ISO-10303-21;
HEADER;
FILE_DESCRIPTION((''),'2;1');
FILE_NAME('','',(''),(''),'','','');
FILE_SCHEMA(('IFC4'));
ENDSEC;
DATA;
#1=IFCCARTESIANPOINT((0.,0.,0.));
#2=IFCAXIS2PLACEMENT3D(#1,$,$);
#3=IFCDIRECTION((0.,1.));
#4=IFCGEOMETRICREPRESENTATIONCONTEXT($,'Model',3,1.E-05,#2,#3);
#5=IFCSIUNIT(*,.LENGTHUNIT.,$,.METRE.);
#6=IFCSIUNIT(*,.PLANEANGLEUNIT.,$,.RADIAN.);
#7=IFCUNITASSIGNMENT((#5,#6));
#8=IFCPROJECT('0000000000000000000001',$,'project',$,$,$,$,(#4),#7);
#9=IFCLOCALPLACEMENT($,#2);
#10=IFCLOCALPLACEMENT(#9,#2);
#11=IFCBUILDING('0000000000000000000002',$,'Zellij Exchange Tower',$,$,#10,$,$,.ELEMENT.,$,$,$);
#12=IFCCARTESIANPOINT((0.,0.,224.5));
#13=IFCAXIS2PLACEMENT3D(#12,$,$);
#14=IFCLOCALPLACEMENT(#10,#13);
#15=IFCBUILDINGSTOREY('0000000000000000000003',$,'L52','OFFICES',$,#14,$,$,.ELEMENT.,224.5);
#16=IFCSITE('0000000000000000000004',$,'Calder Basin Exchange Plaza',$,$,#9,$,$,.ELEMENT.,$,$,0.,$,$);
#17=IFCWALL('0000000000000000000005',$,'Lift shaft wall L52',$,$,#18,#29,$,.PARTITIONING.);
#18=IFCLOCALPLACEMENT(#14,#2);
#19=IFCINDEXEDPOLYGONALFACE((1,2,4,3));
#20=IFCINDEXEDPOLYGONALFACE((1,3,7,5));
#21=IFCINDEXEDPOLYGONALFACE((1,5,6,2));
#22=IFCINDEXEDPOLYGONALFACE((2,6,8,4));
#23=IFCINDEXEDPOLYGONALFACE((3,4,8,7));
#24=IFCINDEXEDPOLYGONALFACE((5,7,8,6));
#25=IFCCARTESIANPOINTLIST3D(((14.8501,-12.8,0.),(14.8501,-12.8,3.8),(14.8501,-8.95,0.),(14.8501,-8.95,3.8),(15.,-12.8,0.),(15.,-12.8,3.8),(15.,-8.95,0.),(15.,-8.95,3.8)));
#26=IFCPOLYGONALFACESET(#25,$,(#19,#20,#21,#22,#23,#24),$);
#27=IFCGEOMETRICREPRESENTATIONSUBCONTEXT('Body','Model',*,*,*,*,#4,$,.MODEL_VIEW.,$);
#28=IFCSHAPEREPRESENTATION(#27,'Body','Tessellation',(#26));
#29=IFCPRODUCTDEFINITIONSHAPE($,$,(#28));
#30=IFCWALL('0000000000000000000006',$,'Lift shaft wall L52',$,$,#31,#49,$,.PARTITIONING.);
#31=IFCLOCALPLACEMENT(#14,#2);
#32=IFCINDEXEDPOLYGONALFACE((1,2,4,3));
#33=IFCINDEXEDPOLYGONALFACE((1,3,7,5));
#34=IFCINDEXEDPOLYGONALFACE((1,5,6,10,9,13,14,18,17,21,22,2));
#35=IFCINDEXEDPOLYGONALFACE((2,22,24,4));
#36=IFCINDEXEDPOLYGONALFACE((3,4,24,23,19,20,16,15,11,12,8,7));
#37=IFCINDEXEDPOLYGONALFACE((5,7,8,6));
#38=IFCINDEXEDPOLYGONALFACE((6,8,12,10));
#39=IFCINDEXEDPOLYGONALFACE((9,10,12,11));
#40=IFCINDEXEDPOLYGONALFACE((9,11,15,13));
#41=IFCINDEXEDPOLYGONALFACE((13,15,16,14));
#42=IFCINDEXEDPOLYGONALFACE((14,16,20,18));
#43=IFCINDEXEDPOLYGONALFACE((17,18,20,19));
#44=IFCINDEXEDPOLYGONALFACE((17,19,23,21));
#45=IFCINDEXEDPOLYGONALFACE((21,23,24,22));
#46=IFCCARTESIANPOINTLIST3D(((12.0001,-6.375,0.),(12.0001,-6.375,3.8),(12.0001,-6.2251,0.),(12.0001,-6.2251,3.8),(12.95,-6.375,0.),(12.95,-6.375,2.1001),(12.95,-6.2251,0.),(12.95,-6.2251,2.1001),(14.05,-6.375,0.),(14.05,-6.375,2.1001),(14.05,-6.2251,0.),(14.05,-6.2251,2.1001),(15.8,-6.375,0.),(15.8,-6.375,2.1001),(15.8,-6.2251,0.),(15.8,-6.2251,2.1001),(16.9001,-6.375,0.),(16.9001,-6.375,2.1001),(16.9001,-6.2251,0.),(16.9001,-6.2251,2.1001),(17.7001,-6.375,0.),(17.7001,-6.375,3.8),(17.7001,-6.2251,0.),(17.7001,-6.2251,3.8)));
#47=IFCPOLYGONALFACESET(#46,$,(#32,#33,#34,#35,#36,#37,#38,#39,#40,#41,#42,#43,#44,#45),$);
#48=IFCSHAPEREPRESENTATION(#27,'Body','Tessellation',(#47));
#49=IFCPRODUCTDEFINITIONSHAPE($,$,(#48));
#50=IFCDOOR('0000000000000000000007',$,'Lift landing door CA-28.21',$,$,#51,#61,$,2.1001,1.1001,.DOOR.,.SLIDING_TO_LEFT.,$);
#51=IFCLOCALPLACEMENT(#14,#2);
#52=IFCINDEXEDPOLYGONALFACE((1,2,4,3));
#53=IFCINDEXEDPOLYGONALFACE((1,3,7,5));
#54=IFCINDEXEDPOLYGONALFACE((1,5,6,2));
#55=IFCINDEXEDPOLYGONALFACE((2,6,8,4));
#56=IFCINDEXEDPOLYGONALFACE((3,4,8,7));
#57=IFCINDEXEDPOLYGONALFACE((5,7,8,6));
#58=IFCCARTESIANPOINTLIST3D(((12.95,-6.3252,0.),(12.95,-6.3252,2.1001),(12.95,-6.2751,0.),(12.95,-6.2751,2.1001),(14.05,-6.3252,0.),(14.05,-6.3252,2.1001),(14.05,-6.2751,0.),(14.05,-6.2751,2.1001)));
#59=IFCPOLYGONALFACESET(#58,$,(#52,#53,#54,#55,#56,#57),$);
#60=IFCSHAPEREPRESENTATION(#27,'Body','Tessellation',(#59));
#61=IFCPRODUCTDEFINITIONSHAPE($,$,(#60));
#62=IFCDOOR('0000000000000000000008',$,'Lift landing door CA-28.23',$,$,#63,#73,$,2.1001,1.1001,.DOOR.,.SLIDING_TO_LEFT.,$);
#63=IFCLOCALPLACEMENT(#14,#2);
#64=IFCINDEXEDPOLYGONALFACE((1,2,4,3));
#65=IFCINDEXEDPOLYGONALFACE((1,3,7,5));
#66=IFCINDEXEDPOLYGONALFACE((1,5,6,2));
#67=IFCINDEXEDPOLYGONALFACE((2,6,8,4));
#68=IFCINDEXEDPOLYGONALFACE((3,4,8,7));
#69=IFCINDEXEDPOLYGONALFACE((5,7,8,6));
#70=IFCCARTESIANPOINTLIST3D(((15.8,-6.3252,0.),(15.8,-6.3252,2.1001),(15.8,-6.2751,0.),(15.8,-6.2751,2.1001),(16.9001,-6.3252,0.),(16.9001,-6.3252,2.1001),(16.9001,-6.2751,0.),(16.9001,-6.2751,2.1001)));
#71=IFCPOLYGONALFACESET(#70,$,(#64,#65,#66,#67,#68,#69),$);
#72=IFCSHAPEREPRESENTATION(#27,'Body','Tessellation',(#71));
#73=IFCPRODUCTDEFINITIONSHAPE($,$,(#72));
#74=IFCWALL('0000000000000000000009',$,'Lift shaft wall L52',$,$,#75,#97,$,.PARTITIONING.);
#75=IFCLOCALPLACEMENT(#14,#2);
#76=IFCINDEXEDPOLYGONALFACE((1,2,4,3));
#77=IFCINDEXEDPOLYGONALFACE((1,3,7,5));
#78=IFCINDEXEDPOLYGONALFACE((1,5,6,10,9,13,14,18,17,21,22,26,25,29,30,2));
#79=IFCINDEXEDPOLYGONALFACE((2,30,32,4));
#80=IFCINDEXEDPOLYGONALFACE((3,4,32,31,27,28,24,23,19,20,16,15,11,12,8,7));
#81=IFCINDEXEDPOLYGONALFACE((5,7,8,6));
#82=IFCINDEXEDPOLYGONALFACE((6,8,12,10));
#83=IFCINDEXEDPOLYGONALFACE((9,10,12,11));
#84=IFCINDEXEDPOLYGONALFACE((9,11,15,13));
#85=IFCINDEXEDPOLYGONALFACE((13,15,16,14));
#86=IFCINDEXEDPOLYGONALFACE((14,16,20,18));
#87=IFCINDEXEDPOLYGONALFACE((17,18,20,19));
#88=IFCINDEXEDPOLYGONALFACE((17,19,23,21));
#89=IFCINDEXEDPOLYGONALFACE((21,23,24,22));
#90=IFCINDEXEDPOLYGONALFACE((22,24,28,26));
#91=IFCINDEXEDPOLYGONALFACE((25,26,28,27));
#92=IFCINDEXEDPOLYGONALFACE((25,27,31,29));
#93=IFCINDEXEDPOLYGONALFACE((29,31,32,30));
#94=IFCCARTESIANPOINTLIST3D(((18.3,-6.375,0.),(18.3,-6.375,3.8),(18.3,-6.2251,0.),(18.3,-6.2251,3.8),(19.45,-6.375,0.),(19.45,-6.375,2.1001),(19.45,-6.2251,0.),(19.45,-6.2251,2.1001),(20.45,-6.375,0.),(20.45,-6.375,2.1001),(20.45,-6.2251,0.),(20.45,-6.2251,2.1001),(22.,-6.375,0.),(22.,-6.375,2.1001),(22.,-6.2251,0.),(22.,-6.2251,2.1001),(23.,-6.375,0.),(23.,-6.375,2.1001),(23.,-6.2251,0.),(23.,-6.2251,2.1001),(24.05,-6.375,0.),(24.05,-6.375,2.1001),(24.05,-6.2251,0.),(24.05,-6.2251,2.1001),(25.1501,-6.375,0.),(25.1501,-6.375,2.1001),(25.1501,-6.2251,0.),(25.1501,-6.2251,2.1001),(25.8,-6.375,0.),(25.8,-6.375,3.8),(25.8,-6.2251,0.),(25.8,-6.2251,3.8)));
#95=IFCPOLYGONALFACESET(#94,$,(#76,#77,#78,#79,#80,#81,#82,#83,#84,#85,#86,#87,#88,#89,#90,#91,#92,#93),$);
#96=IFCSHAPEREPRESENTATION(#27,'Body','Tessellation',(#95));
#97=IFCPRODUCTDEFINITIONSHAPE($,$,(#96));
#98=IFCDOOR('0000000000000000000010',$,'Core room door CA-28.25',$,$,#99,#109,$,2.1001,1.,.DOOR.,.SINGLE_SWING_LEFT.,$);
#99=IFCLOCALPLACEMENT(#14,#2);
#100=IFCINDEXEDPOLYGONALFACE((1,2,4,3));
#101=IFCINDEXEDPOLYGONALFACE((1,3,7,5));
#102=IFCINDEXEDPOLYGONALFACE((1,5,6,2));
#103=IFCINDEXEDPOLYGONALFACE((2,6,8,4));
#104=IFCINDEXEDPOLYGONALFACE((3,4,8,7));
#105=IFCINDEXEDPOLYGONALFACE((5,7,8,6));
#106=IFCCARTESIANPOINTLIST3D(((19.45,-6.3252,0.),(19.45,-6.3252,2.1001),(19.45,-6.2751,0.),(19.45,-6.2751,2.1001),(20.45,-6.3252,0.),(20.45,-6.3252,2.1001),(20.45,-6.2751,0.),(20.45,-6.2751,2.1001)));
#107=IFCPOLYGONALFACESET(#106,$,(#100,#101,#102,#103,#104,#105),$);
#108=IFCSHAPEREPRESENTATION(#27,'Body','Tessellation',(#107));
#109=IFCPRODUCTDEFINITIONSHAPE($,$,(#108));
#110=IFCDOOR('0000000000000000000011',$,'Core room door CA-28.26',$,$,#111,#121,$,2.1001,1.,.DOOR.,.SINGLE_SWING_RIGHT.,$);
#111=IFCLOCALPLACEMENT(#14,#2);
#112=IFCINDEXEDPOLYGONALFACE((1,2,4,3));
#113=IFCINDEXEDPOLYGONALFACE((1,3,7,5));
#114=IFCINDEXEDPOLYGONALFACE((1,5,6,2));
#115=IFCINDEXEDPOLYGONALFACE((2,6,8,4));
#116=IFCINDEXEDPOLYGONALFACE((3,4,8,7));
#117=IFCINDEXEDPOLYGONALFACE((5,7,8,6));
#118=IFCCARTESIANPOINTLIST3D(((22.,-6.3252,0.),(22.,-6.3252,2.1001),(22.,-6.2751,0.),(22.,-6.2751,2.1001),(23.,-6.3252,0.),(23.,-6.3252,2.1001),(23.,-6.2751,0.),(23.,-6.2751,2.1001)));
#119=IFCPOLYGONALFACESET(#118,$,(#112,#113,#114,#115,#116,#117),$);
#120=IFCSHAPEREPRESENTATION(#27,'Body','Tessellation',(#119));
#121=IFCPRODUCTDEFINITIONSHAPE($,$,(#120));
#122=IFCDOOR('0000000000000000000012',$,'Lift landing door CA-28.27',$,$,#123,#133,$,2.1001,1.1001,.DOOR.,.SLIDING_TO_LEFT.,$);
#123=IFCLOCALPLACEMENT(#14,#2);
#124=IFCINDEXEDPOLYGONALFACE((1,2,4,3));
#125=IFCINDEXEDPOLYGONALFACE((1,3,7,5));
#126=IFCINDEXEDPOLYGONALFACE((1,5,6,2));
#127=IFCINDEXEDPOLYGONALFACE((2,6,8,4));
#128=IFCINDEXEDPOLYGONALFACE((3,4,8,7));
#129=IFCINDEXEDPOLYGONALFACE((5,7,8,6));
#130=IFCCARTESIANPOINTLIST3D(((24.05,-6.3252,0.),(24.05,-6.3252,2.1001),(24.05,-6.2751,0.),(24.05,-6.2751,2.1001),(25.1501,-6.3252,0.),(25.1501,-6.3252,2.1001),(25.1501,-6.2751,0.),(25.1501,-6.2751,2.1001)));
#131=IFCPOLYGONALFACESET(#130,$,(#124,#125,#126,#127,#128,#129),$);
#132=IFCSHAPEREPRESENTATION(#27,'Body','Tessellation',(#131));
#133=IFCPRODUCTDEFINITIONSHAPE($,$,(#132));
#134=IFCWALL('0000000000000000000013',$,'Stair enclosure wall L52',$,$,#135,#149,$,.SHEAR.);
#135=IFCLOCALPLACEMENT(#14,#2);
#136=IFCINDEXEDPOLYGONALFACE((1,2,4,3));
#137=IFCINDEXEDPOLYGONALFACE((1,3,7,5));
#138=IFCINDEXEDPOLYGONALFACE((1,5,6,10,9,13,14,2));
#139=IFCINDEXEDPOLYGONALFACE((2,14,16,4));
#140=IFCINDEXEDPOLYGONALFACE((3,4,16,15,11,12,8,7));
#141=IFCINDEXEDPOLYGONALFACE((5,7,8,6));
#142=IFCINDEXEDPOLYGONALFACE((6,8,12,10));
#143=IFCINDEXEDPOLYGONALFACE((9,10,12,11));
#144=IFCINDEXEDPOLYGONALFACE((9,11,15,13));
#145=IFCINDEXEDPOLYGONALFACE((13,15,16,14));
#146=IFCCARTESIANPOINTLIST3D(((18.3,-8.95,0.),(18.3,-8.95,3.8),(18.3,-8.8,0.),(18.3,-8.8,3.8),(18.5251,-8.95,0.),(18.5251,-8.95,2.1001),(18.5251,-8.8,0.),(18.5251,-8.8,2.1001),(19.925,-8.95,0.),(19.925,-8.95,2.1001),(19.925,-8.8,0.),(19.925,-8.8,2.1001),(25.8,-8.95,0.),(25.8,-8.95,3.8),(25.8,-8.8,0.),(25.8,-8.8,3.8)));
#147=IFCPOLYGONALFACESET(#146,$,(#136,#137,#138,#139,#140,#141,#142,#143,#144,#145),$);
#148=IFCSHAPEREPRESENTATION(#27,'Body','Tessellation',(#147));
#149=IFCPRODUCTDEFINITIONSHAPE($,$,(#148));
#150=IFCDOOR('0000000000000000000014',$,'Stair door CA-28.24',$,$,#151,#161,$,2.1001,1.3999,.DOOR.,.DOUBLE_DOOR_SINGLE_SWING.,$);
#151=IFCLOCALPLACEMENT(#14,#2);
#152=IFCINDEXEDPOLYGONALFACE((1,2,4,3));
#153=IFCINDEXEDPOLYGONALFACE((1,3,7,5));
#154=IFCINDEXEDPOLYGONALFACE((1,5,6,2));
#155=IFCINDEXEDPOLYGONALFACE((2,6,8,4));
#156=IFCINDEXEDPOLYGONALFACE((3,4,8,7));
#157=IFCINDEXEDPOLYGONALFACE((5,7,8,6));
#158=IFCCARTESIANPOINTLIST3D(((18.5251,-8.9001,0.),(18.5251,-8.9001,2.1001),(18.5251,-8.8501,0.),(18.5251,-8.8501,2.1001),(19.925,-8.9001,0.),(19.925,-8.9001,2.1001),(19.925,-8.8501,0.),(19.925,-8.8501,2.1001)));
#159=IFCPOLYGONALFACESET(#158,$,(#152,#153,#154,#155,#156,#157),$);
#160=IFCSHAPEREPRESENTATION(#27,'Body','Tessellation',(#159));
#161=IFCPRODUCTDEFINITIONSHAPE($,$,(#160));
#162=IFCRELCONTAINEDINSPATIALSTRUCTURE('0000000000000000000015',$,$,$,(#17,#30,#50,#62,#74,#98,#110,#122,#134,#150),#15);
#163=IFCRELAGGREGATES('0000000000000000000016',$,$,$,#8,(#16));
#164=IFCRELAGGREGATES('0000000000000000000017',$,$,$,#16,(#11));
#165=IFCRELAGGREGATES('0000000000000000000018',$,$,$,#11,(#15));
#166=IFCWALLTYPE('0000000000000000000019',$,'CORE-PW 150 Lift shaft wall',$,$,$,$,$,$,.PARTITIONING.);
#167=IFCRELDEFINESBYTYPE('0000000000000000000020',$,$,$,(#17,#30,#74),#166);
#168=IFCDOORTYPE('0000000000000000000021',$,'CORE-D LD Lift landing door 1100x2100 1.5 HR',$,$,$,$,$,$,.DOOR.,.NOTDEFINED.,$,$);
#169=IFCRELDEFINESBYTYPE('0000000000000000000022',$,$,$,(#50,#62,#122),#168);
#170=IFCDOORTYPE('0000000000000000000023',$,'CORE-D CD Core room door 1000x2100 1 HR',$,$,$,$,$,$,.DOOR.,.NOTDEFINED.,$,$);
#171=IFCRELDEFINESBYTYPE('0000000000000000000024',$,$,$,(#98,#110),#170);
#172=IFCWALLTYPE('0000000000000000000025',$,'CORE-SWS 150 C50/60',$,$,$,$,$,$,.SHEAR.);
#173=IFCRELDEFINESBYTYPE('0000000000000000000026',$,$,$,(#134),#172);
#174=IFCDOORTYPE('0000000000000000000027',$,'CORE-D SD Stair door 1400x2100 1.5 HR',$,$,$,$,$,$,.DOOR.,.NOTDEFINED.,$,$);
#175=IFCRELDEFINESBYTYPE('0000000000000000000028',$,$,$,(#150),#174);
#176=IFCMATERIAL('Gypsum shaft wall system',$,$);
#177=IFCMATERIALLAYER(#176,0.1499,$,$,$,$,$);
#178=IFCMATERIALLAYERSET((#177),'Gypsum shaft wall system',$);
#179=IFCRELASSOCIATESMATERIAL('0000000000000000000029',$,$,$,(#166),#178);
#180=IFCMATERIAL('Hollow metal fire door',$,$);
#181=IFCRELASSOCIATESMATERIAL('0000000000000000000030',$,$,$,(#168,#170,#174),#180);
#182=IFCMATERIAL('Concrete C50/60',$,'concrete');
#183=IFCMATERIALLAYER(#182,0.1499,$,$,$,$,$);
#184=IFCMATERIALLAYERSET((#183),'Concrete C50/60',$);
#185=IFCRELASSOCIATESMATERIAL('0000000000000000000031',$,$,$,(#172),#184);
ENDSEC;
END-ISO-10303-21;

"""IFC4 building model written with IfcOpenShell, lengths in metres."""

from ifc_helpers import new_model, si_unit, direction, frame, frame_2d, origin, place, context, subcontext, project, spatial, rectangle, extrude, material, layer, layer_set, type_object, element, fill, save


model = new_model("IFC4")

# Units and contexts
model_context = context("Model", 3, precision=1e-05, world=origin(), true_north=direction((0.0, 1.0)))
body_context = subcontext(model_context, "Body", "Model", "MODEL_VIEW")
ifc_project = project(units=[si_unit("LENGTHUNIT", "METRE"), si_unit("PLANEANGLEUNIT", "RADIAN")], contexts=[model_context])

# Site, building, storey
site_placement = place(None, origin())
site = spatial("IfcSite", under=ifc_project, at=site_placement, Name="Calder Basin Exchange Plaza", CompositionType="ELEMENT", RefElevation=0.0)
building_placement = place(site_placement, origin())
building = spatial("IfcBuilding", under=site, at=building_placement, Name="Zellij Exchange Tower", CompositionType="ELEMENT")
storey_placement = place(building_placement, frame((0.0, 0.0, 224.5)))
storey = spatial("IfcBuildingStorey", under=building, at=storey_placement, Name="L52", Description="OFFICES", CompositionType="ELEMENT", Elevation=224.5)

# Shared definitions
ifc_material_1 = material(Name="Concrete C50/60", Category="concrete")

# Shared definitions
ifc_material_2 = material(Name="Hollow metal fire door")

# Wall
ifc_material_3 = material(Name="Gypsum shaft wall system")
ifc_layer_1 = layer(ifc_material_3, 0.1499)
ifc_layer_set_1 = layer_set([ifc_layer_1], Name="Gypsum shaft wall system")
wall_type_1 = type_object("IfcWallType", Name="CORE-PW 150 Lift shaft wall", PredefinedType="PARTITIONING", material=ifc_layer_set_1)
for number, where, z_axis, x_axis, name in (
    (1, (14.925, -12.8, 0.0), (0.0, 0.0, 1.0), (0.0, 1.0, 0.0), "Lift shaft wall L52"),
):
    element("IfcWall", number, at=place(storey_placement, frame(where, z_axis=z_axis, x_axis=x_axis)), inside=storey, type_object=wall_type_1, Name=name, PredefinedType="PARTITIONING", context=body_context, shape_type="SweptSolid", body=[
        extrude(rectangle(XDim=3.8501, YDim=0.1499, at=frame_2d((1.925, 0.0))), origin(), (0.0, 0.0, 1.0), 3.8),
    ])

# Walls, openings, doors
wall_1_placement = place(storey_placement, frame((12.0, -6.3, 0.0), z_axis=(0.0, 0.0, 1.0), x_axis=(1.0, 0.0, 0.0)))
wall_1 = element("IfcWall", 2, at=wall_1_placement, inside=storey, type_object=wall_type_1, Name="Lift shaft wall L52", PredefinedType="PARTITIONING", context=body_context, shape_type="SweptSolid", body=[
    extrude(rectangle(XDim=5.7, YDim=0.1499, at=frame_2d((2.8501, 0.0))), origin(), (0.0, 0.0, 1.0), 3.8),
])
opening_1_placement = place(wall_1_placement, frame((0.95, 0.0, 0.0)))
opening_1 = element("IfcOpeningElement", 3, at=opening_1_placement, cuts=wall_1, PredefinedType="OPENING", context=body_context, shape_type="SweptSolid", body=[
    extrude(rectangle(XDim=1.1001, YDim=2.1001, at=frame_2d((0.55, 1.05))), frame((0.0, 0.0869, 0.0), z_axis=(0.0, -1.0, 0.0), x_axis=(1.0, 0.0, 0.0)), (0.0, 0.0, 1.0), 0.1738),
])
opening_2_placement = place(wall_1_placement, frame((3.8, 0.0, 0.0)))
opening_2 = element("IfcOpeningElement", 4, at=opening_2_placement, cuts=wall_1, PredefinedType="OPENING", context=body_context, shape_type="SweptSolid", body=[
    extrude(rectangle(XDim=1.1001, YDim=2.1001, at=frame_2d((0.55, 1.05))), frame((0.0, 0.0869, 0.0), z_axis=(0.0, -1.0, 0.0), x_axis=(1.0, 0.0, 0.0)), (0.0, 0.0, 1.0), 0.1738),
])
door_type_1 = type_object("IfcDoorType", Name="CORE-D LD Lift landing door 1100x2100 1.5 HR", OperationType="NOTDEFINED", PredefinedType="DOOR", material=ifc_material_2)
door_1_placement = place(opening_1_placement, origin())
door_1 = element("IfcDoor", 5, at=door_1_placement, inside=storey, type_object=door_type_1, Name="Lift landing door CA-28.21", OperationType="SLIDING_TO_LEFT", OverallHeight=2.1001, OverallWidth=1.1001, PredefinedType="DOOR", context=body_context, shape_type="SweptSolid", body=[
    extrude(rectangle(XDim=1.1001, YDim=2.1001, at=frame_2d((0.55, 1.05))), frame((0.0, 0.0249, 0.0), z_axis=(0.0, -1.0, 0.0), x_axis=(1.0, 0.0, 0.0)), (0.0, 0.0, 1.0), 0.05),
])
fill(opening_1, door_1)
door_2_placement = place(opening_2_placement, origin())
door_2 = element("IfcDoor", 6, at=door_2_placement, inside=storey, type_object=door_type_1, Name="Lift landing door CA-28.23", OperationType="SLIDING_TO_LEFT", OverallHeight=2.1001, OverallWidth=1.1001, PredefinedType="DOOR", context=body_context, shape_type="SweptSolid", body=[
    extrude(rectangle(XDim=1.1001, YDim=2.1001, at=frame_2d((0.55, 1.05))), frame((0.0, 0.0249, 0.0), z_axis=(0.0, -1.0, 0.0), x_axis=(1.0, 0.0, 0.0)), (0.0, 0.0, 1.0), 0.05),
])
fill(opening_2, door_2)
wall_2_placement = place(storey_placement, frame((18.3, -6.3, 0.0), z_axis=(0.0, 0.0, 1.0), x_axis=(1.0, 0.0, 0.0)))
wall_2 = element("IfcWall", 7, at=wall_2_placement, inside=storey, type_object=wall_type_1, Name="Lift shaft wall L52", PredefinedType="PARTITIONING", context=body_context, shape_type="SweptSolid", body=[
    extrude(rectangle(XDim=7.5, YDim=0.1499, at=frame_2d((3.75, 0.0))), origin(), (0.0, 0.0, 1.0), 3.8),
])
opening_3_placement = place(wall_2_placement, frame((1.1499, 0.0, 0.0)))
opening_3 = element("IfcOpeningElement", 8, at=opening_3_placement, cuts=wall_2, PredefinedType="OPENING", context=body_context, shape_type="SweptSolid", body=[
    extrude(rectangle(XDim=1.0, YDim=2.1001, at=frame_2d((0.5, 1.05))), frame((0.0, 0.0869, 0.0), z_axis=(0.0, -1.0, 0.0), x_axis=(1.0, 0.0, 0.0)), (0.0, 0.0, 1.0), 0.1738),
])
opening_4_placement = place(wall_2_placement, frame((3.7, 0.0, 0.0)))
opening_4 = element("IfcOpeningElement", 9, at=opening_4_placement, cuts=wall_2, PredefinedType="OPENING", context=body_context, shape_type="SweptSolid", body=[
    extrude(rectangle(XDim=1.0, YDim=2.1001, at=frame_2d((0.5, 1.05))), frame((0.0, 0.0869, 0.0), z_axis=(0.0, -1.0, 0.0), x_axis=(1.0, 0.0, 0.0)), (0.0, 0.0, 1.0), 0.1738),
])
opening_5_placement = place(wall_2_placement, frame((5.75, 0.0, 0.0)))
opening_5 = element("IfcOpeningElement", 10, at=opening_5_placement, cuts=wall_2, PredefinedType="OPENING", context=body_context, shape_type="SweptSolid", body=[
    extrude(rectangle(XDim=1.1001, YDim=2.1001, at=frame_2d((0.55, 1.05))), frame((0.0, 0.0869, 0.0), z_axis=(0.0, -1.0, 0.0), x_axis=(1.0, 0.0, 0.0)), (0.0, 0.0, 1.0), 0.1738),
])
door_type_2 = type_object("IfcDoorType", Name="CORE-D CD Core room door 1000x2100 1 HR", OperationType="NOTDEFINED", PredefinedType="DOOR", material=ifc_material_2)
door_3_placement = place(opening_3_placement, origin())
door_3 = element("IfcDoor", 11, at=door_3_placement, inside=storey, type_object=door_type_2, Name="Core room door CA-28.25", OperationType="SINGLE_SWING_LEFT", OverallHeight=2.1001, OverallWidth=1.0, PredefinedType="DOOR", context=body_context, shape_type="SweptSolid", body=[
    extrude(rectangle(XDim=1.0, YDim=2.1001, at=frame_2d((0.5, 1.05))), frame((0.0, 0.0249, 0.0), z_axis=(0.0, -1.0, 0.0), x_axis=(1.0, 0.0, 0.0)), (0.0, 0.0, 1.0), 0.05),
])
fill(opening_3, door_3)
door_4_placement = place(opening_4_placement, origin())
door_4 = element("IfcDoor", 12, at=door_4_placement, inside=storey, type_object=door_type_2, Name="Core room door CA-28.26", OperationType="SINGLE_SWING_RIGHT", OverallHeight=2.1001, OverallWidth=1.0, PredefinedType="DOOR", context=body_context, shape_type="SweptSolid", body=[
    extrude(rectangle(XDim=1.0, YDim=2.1001, at=frame_2d((0.5, 1.05))), frame((0.0, 0.0249, 0.0), z_axis=(0.0, -1.0, 0.0), x_axis=(1.0, 0.0, 0.0)), (0.0, 0.0, 1.0), 0.05),
])
fill(opening_4, door_4)
door_5_placement = place(opening_5_placement, origin())
door_5 = element("IfcDoor", 13, at=door_5_placement, inside=storey, type_object=door_type_1, Name="Lift landing door CA-28.27", OperationType="SLIDING_TO_LEFT", OverallHeight=2.1001, OverallWidth=1.1001, PredefinedType="DOOR", context=body_context, shape_type="SweptSolid", body=[
    extrude(rectangle(XDim=1.1001, YDim=2.1001, at=frame_2d((0.55, 1.05))), frame((0.0, 0.0249, 0.0), z_axis=(0.0, -1.0, 0.0), x_axis=(1.0, 0.0, 0.0)), (0.0, 0.0, 1.0), 0.05),
])
fill(opening_5, door_5)

# Wall, opening, door
ifc_layer_2 = layer(ifc_material_1, 0.1499)
ifc_layer_set_2 = layer_set([ifc_layer_2], Name="Concrete C50/60")
wall_type_2 = type_object("IfcWallType", Name="CORE-SWS 150 C50/60", PredefinedType="SHEAR", material=ifc_layer_set_2)
wall_3_placement = place(storey_placement, frame((18.3, -8.875, 0.0), z_axis=(0.0, 0.0, 1.0), x_axis=(1.0, 0.0, 0.0)))
wall_3 = element("IfcWall", 14, at=wall_3_placement, inside=storey, type_object=wall_type_2, Name="Stair enclosure wall L52", PredefinedType="SHEAR", context=body_context, shape_type="SweptSolid", body=[
    extrude(rectangle(XDim=7.5, YDim=0.1499, at=frame_2d((3.75, 0.0))), origin(), (0.0, 0.0, 1.0), 3.8),
])
opening_6_placement = place(wall_3_placement, frame((0.2251, 0.0, 0.0)))
opening_6 = element("IfcOpeningElement", 15, at=opening_6_placement, cuts=wall_3, PredefinedType="OPENING", context=body_context, shape_type="SweptSolid", body=[
    extrude(rectangle(XDim=1.3999, YDim=2.1001, at=frame_2d((0.7, 1.05))), frame((0.0, 0.0869, 0.0), z_axis=(0.0, -1.0, 0.0), x_axis=(1.0, 0.0, 0.0)), (0.0, 0.0, 1.0), 0.1738),
])
door_type_3 = type_object("IfcDoorType", Name="CORE-D SD Stair door 1400x2100 1.5 HR", OperationType="NOTDEFINED", PredefinedType="DOOR", material=ifc_material_2)
door_6_placement = place(opening_6_placement, origin())
door_6 = element("IfcDoor", 16, at=door_6_placement, inside=storey, type_object=door_type_3, Name="Stair door CA-28.24", OperationType="DOUBLE_DOOR_SINGLE_SWING", OverallHeight=2.1001, OverallWidth=1.3999, PredefinedType="DOOR", context=body_context, shape_type="SweptSolid", body=[
    extrude(rectangle(XDim=1.3999, YDim=2.1001, at=frame_2d((0.7, 1.05))), frame((0.0, 0.0249, 0.0), z_axis=(0.0, -1.0, 0.0), x_axis=(1.0, 0.0, 0.0)), (0.0, 0.0, 1.0), 0.05),
])
fill(opening_6, door_6)

save(model, "model.ifc")
